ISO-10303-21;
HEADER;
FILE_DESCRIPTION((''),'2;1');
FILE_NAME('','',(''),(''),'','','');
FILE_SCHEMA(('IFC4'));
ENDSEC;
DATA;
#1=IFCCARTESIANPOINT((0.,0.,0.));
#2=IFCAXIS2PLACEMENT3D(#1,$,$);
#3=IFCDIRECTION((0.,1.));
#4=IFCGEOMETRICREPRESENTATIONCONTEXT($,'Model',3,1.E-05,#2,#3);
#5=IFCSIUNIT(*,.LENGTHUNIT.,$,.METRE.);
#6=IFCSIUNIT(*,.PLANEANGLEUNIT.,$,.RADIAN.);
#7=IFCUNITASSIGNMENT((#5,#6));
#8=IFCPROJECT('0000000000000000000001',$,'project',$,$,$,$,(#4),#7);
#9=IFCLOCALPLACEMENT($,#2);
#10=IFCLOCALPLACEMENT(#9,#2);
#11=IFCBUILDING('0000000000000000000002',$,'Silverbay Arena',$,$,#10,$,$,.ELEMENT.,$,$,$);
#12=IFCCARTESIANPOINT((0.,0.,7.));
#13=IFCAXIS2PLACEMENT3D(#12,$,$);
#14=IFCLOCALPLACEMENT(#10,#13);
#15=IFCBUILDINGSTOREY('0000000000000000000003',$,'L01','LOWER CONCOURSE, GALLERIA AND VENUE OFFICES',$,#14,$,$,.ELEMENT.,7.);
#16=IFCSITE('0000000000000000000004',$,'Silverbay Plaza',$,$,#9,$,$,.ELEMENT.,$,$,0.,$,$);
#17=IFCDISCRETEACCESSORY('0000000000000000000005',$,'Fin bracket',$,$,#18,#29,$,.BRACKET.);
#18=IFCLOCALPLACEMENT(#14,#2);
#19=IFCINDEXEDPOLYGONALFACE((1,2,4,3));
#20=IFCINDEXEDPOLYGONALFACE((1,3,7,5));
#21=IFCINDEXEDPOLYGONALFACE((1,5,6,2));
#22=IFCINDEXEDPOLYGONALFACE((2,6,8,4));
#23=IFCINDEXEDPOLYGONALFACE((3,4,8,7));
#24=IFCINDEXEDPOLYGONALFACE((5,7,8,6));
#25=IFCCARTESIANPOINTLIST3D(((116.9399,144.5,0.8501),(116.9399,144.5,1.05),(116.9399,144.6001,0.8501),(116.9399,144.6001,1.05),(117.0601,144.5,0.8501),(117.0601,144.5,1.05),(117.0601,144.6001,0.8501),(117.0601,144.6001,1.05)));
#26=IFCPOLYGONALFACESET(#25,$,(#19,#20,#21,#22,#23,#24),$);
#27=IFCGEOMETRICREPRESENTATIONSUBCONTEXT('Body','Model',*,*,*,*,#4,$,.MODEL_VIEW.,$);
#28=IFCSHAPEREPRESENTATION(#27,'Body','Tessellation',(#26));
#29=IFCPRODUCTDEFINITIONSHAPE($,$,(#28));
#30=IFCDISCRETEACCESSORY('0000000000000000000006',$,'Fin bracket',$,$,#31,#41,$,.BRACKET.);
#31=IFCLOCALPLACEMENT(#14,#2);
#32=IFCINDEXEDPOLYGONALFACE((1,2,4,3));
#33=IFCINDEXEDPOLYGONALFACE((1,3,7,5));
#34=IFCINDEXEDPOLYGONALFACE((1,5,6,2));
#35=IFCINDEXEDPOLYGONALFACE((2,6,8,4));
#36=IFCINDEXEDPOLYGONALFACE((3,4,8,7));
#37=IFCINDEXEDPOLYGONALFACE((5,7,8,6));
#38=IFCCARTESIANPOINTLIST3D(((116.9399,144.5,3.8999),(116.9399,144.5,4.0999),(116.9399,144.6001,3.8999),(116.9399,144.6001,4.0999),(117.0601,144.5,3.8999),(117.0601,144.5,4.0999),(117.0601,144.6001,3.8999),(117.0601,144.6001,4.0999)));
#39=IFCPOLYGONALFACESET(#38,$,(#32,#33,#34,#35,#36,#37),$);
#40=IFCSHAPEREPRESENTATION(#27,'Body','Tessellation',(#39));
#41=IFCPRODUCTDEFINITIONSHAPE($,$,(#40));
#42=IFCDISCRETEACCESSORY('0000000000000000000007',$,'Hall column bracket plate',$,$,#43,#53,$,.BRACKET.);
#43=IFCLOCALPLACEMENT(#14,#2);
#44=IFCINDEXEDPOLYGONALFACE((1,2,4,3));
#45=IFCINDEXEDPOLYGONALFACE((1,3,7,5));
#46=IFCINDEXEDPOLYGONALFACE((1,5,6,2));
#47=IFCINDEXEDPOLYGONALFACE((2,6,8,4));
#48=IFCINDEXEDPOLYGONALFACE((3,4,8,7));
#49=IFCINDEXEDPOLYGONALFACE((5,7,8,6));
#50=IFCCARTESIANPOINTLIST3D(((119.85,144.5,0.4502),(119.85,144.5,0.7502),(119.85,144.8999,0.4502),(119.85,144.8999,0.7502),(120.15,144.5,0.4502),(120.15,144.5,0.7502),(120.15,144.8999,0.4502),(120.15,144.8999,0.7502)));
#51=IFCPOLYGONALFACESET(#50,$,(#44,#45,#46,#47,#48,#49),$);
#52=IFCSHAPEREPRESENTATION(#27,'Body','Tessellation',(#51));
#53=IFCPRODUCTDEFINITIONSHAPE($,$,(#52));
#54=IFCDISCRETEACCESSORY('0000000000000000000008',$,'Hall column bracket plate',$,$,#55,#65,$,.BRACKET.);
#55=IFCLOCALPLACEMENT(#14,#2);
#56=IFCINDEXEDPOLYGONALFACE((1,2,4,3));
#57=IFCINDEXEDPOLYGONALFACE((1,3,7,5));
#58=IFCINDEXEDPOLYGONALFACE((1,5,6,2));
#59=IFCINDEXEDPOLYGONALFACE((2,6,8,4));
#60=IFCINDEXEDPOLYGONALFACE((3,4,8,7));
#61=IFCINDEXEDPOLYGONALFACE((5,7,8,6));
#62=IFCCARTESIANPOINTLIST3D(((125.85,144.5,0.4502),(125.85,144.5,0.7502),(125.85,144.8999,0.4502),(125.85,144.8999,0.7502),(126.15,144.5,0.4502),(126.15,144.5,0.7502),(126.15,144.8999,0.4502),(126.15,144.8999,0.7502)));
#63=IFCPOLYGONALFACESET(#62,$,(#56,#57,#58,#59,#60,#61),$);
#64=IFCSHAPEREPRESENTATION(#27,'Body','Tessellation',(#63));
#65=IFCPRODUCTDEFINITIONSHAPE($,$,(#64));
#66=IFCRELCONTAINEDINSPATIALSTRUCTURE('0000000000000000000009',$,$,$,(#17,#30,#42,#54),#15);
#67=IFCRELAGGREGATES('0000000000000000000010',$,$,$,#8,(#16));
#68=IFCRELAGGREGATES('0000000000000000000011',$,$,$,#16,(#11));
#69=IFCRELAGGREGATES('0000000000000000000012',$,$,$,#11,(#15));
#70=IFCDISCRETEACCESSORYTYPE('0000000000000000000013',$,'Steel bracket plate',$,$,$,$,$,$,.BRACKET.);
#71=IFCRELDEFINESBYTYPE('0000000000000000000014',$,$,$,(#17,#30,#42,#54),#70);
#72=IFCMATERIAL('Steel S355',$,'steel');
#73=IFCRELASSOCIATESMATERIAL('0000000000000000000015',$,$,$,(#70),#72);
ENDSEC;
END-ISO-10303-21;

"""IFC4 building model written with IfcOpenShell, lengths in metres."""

from ifc_helpers import new_model, si_unit, direction, frame, origin, origin_2d, place, context, subcontext, project, spatial, rectangle, extrude, material, type_object, element, save


model = new_model("IFC4")

# Units and contexts
model_context = context("Model", 3, precision=1e-05, world=origin(), true_north=direction((0.0, 1.0)))
body_context = subcontext(model_context, "Body", "Model", "MODEL_VIEW")
ifc_project = project(units=[si_unit("LENGTHUNIT", "METRE"), si_unit("PLANEANGLEUNIT", "RADIAN")], contexts=[model_context])

# Site, building, storey
site_placement = place(None, origin())
site = spatial("IfcSite", under=ifc_project, at=site_placement, Name="Silverbay Plaza", CompositionType="ELEMENT", RefElevation=0.0)
building_placement = place(site_placement, origin())
building = spatial("IfcBuilding", under=site, at=building_placement, Name="Silverbay Arena", CompositionType="ELEMENT")
storey_placement = place(building_placement, frame((0.0, 0.0, 7.0)))
storey = spatial("IfcBuildingStorey", under=building, at=storey_placement, Name="L01", Description="LOWER CONCOURSE, GALLERIA AND VENUE OFFICES", CompositionType="ELEMENT", Elevation=7.0)

# Discrete accessories
ifc_material_1 = material(Name="Steel S355", Category="steel")
discrete_accessory_type = type_object("IfcDiscreteAccessoryType", Name="Steel bracket plate", PredefinedType="BRACKET", material=ifc_material_1)
for number, where, z_axis, x_axis, name in (
    (1, (117.0, 144.55, 0.8501), (0.0, 0.0, 1.0), (1.0, 0.0, 0.0), "Fin bracket"),
    (2, (117.0, 144.55, 3.8999), (0.0, 0.0, 1.0), (1.0, 0.0, 0.0), "Fin bracket"),
):
    element("IfcDiscreteAccessory", number, at=place(storey_placement, frame(where, z_axis=z_axis, x_axis=x_axis)), inside=storey, type_object=discrete_accessory_type, Name=name, PredefinedType="BRACKET", context=body_context, shape_type="SweptSolid", body=[
        extrude(rectangle(XDim=0.1201, YDim=0.1001, at=origin_2d()), origin(), (0.0, 0.0, 1.0), 0.2),
    ])
for number, where, z_axis, x_axis, name in (
    (3, (120.0, 144.7, 0.4502), (0.0, 0.0, 1.0), (1.0, 0.0, 0.0), "Hall column bracket plate"),
    (4, (126.0, 144.7, 0.4502), (0.0, 0.0, 1.0), (1.0, 0.0, 0.0), "Hall column bracket plate"),
):
    element("IfcDiscreteAccessory", number, at=place(storey_placement, frame(where, z_axis=z_axis, x_axis=x_axis)), inside=storey, type_object=discrete_accessory_type, Name=name, PredefinedType="BRACKET", context=body_context, shape_type="SweptSolid", body=[
        extrude(rectangle(XDim=0.3, YDim=0.3999, at=origin_2d()), origin(), (0.0, 0.0, 1.0), 0.3),
    ])

save(model, "model.ifc")
